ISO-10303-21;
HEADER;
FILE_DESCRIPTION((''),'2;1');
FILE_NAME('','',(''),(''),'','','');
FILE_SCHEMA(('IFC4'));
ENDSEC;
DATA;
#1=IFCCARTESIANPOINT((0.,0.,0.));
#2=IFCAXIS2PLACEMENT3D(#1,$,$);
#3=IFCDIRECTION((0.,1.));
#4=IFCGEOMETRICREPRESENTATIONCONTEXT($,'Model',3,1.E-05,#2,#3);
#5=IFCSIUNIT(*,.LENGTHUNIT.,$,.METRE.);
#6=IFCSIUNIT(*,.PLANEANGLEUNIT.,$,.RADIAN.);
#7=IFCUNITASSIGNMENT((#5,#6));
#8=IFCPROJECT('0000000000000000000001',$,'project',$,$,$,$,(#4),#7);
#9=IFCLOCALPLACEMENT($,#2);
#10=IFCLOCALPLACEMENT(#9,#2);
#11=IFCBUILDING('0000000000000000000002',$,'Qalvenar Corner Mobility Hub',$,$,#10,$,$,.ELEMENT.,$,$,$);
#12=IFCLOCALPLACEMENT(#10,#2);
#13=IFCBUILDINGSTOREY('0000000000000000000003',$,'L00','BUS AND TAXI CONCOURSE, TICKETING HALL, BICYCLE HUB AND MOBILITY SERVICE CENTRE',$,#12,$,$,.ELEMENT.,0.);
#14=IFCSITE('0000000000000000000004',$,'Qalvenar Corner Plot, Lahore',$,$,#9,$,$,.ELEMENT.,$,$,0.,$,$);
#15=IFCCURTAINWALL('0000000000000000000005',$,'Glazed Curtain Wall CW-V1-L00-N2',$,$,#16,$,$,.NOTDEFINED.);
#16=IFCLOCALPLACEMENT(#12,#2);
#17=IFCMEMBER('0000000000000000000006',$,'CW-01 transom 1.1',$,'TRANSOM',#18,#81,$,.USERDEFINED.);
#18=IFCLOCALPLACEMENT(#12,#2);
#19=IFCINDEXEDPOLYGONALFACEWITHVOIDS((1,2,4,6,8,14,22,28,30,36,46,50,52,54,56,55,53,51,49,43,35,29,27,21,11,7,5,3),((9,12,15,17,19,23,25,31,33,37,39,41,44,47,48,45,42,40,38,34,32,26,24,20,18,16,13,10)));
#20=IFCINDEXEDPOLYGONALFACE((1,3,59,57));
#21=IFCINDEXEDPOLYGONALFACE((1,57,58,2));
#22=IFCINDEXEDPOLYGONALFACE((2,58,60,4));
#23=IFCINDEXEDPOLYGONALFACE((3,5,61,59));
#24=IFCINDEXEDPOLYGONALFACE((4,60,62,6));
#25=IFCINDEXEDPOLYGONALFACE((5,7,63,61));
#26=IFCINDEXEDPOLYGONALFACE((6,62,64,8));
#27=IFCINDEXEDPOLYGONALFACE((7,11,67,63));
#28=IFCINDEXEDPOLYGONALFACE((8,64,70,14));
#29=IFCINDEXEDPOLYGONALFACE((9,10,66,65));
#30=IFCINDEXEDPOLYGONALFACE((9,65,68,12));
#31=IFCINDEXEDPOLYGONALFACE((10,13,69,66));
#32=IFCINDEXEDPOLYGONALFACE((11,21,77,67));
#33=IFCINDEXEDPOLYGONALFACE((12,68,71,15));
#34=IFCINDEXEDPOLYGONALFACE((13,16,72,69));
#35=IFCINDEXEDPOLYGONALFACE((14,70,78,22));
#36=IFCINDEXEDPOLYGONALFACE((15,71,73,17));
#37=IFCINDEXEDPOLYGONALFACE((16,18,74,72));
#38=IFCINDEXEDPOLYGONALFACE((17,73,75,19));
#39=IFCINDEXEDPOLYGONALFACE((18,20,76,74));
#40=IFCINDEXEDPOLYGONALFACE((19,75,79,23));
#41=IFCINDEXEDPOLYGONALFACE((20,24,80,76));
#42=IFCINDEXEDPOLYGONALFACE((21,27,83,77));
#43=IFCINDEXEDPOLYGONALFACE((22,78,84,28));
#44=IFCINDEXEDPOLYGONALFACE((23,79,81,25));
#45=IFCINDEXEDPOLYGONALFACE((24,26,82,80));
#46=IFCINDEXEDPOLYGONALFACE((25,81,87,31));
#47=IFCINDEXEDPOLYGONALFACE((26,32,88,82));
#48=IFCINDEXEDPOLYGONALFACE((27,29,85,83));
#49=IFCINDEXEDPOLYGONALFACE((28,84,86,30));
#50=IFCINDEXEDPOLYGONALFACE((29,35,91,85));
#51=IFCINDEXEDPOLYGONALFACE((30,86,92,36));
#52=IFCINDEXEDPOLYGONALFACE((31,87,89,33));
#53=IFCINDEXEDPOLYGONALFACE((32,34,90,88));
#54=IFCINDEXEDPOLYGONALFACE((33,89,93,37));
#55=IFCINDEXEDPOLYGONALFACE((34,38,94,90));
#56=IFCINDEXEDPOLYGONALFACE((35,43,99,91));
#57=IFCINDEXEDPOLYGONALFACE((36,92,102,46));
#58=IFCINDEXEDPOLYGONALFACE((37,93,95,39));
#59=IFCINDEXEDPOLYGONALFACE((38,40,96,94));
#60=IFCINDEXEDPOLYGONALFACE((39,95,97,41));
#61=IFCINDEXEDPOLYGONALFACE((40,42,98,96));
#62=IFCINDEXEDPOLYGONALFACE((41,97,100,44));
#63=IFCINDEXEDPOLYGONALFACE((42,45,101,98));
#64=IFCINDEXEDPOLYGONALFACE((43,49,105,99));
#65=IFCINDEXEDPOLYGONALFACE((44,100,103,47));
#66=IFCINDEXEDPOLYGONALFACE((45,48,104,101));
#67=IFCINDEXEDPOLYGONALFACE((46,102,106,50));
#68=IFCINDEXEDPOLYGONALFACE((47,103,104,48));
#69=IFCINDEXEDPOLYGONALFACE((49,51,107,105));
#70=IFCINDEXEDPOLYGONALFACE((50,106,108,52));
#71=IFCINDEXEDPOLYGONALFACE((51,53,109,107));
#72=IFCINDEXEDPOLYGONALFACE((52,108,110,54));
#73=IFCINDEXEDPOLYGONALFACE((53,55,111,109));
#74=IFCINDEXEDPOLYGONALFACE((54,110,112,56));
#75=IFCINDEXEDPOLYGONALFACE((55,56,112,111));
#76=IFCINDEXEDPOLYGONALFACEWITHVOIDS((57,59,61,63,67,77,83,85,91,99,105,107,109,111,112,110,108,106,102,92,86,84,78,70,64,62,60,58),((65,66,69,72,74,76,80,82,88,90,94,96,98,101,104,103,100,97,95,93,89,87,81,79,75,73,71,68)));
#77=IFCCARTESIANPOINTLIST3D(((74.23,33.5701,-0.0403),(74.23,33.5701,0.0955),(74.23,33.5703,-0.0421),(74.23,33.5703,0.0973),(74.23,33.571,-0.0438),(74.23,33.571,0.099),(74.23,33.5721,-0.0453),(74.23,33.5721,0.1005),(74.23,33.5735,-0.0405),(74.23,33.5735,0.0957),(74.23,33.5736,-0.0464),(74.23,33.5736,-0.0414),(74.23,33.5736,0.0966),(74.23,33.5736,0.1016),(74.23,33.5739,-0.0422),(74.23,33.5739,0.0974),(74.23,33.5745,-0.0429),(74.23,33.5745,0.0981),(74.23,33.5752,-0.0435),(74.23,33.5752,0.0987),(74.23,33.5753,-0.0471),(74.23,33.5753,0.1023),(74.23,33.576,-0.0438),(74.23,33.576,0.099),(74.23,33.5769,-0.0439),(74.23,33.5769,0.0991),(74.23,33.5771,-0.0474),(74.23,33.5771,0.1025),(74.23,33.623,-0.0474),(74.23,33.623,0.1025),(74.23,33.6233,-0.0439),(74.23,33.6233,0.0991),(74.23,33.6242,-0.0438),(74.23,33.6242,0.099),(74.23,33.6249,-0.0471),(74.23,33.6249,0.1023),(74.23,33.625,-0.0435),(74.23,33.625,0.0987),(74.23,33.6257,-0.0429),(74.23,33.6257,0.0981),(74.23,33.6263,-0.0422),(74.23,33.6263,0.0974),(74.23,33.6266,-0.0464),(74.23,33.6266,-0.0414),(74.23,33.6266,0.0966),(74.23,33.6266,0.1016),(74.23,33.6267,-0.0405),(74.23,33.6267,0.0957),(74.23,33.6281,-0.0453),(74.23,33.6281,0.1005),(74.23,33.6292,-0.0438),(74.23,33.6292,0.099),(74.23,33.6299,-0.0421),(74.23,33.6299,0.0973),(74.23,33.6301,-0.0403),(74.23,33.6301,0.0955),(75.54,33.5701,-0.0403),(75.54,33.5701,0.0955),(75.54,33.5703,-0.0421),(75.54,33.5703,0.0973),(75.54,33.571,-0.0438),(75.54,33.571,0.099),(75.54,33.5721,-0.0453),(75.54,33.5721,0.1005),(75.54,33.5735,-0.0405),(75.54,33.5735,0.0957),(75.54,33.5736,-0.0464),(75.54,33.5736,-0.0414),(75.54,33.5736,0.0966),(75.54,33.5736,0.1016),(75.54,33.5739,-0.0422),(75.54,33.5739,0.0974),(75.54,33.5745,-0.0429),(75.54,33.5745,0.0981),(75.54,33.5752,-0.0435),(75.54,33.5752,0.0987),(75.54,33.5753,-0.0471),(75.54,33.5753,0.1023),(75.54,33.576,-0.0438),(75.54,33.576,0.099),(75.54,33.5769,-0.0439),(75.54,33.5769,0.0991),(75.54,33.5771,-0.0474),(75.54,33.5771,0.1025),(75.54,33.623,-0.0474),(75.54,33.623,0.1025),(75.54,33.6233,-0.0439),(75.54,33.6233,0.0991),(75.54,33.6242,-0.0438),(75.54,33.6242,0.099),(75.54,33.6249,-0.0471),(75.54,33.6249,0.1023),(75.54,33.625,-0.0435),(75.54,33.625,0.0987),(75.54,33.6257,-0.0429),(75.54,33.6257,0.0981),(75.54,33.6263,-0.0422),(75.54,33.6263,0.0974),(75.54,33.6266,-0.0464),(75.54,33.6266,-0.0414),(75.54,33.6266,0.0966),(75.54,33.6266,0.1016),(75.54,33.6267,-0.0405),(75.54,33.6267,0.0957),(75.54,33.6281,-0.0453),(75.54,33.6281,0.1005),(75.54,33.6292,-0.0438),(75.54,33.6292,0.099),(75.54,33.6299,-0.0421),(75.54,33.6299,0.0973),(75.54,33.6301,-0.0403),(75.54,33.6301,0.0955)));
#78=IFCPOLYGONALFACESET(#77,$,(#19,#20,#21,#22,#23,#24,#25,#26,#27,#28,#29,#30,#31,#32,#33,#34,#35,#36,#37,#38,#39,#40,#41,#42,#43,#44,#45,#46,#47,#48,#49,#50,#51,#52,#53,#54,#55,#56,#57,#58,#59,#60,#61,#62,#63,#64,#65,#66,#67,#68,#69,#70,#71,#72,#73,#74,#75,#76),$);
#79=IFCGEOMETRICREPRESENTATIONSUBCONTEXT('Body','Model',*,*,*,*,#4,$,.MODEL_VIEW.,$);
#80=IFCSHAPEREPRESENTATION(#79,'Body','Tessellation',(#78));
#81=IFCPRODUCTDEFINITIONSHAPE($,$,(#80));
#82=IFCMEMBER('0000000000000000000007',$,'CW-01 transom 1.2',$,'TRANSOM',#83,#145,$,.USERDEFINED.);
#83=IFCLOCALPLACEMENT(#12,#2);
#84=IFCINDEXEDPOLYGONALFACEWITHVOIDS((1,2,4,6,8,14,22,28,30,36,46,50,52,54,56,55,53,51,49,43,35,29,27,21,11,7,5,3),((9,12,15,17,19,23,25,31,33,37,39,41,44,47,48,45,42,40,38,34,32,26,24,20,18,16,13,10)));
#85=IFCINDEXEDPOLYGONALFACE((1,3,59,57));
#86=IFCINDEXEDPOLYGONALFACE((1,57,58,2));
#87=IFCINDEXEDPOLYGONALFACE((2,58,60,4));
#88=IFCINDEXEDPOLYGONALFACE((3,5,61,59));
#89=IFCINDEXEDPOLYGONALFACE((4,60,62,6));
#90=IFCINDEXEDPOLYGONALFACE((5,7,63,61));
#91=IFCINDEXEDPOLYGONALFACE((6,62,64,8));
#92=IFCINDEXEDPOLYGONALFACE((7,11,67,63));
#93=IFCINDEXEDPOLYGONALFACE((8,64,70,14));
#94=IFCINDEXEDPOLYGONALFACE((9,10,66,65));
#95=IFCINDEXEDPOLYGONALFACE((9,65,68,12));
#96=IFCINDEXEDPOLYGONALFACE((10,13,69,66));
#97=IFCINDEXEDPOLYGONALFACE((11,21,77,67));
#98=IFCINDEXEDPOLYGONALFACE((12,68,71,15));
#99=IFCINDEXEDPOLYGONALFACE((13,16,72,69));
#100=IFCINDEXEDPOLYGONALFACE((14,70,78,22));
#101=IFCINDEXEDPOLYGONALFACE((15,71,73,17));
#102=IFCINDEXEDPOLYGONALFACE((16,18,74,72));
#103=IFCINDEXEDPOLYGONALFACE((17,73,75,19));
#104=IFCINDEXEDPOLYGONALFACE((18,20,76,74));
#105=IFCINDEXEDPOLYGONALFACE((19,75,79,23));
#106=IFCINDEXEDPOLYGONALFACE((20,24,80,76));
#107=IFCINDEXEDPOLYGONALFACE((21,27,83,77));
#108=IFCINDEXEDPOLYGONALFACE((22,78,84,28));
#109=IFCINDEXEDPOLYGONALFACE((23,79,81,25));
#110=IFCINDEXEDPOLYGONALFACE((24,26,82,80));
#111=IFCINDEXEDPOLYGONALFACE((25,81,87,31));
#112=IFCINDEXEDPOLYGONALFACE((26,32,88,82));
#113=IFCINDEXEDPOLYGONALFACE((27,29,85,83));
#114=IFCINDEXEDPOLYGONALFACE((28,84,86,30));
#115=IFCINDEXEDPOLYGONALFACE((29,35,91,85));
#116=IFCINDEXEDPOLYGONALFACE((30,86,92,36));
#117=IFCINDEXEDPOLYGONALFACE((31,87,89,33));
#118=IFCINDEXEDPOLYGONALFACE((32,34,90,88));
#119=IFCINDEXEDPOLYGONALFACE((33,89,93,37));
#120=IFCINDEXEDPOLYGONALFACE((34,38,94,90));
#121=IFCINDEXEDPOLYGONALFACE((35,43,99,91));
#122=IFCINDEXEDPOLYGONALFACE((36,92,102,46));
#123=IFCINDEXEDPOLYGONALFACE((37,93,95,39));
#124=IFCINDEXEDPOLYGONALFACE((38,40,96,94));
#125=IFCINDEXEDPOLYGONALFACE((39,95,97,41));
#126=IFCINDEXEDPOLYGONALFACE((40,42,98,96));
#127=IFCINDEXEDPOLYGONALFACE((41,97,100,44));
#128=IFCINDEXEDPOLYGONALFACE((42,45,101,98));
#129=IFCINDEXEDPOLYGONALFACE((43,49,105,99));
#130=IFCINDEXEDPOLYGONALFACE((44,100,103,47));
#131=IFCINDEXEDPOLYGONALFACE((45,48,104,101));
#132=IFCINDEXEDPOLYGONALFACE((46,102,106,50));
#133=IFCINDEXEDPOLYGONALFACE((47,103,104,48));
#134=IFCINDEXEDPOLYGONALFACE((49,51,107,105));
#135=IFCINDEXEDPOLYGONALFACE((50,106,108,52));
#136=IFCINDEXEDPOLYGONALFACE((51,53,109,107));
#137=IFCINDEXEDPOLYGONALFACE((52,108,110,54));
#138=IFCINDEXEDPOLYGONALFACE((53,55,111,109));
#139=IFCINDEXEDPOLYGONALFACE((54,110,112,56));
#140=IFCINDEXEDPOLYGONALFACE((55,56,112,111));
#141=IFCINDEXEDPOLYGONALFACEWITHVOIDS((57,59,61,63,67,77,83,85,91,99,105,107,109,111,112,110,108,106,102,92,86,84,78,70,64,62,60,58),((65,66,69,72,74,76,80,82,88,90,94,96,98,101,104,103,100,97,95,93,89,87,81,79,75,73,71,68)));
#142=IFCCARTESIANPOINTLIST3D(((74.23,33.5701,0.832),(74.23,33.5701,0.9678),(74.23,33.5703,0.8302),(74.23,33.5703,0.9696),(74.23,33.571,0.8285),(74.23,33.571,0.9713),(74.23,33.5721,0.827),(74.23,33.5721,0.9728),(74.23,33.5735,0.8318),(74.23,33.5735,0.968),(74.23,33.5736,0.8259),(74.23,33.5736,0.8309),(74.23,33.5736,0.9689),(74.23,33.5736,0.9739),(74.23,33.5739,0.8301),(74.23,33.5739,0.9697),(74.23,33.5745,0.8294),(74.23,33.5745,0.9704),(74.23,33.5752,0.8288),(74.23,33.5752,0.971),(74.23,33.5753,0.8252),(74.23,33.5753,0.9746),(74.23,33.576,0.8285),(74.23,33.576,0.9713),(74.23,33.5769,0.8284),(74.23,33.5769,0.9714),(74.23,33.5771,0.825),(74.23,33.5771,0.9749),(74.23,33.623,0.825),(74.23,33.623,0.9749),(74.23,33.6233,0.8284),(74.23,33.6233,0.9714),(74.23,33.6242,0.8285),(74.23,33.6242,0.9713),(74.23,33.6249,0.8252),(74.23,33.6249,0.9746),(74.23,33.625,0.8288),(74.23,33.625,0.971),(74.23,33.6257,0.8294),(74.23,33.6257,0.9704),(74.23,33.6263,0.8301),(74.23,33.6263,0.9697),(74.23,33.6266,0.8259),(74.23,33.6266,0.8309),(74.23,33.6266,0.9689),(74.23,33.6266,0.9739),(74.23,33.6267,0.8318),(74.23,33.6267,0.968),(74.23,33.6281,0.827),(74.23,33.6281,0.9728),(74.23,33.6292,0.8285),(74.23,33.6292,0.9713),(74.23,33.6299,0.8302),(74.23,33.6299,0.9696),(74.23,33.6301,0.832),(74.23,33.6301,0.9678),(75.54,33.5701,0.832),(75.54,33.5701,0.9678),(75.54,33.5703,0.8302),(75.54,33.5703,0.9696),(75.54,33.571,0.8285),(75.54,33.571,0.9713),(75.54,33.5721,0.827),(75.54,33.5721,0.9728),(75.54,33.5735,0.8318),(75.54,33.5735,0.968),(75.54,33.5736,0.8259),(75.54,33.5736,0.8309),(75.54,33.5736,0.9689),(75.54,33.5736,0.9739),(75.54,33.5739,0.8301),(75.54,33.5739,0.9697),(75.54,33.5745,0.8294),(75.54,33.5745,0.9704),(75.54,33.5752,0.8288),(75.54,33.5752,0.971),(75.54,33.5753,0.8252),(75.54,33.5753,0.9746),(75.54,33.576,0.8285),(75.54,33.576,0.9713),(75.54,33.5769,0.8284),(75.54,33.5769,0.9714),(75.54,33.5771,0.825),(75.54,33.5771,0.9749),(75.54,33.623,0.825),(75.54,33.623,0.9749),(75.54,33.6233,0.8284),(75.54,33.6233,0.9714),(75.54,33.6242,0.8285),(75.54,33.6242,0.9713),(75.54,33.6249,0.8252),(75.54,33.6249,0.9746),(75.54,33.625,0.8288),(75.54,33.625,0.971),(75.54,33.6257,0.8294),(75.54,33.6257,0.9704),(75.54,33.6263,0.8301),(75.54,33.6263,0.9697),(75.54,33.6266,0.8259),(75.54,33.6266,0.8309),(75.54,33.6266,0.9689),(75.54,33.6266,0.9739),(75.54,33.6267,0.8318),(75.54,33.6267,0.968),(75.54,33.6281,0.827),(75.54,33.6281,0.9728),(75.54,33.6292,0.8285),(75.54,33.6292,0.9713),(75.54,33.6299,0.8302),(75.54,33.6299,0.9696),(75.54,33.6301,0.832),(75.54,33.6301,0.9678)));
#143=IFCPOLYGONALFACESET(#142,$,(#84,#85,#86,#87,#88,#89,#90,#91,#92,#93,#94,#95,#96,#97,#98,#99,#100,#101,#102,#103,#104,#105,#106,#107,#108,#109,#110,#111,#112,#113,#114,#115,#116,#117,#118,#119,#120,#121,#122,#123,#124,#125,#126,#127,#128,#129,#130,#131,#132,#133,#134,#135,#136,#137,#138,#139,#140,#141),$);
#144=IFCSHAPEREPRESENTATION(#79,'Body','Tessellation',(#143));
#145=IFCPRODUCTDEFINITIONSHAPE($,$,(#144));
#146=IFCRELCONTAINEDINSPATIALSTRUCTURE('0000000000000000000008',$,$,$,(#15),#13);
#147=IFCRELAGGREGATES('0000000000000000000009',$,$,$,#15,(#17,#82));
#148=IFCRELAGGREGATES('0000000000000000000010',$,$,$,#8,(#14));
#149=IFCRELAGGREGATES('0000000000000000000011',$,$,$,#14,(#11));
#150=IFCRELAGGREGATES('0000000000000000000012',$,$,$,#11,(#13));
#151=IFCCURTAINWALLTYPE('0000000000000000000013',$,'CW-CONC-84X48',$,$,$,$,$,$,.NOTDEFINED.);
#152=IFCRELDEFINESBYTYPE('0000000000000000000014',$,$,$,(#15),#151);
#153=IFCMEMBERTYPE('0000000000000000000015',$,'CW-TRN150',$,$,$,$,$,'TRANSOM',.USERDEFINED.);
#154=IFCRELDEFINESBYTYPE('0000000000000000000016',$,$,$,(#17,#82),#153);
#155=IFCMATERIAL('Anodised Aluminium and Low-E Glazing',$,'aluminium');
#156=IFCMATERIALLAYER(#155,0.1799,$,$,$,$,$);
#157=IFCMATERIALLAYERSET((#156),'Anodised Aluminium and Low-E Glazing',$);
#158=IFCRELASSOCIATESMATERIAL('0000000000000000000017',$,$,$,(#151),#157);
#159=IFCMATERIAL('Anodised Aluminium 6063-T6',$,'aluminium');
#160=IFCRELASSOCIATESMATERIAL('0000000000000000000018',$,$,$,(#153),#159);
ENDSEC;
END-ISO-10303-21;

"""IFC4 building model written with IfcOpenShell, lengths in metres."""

from ifc_helpers import new_model, si_unit, direction, frame, origin, origin_2d, place, context, subcontext, project, spatial, hollow_rectangle, extrude, material, layer, layer_set, material_profile, profile_set, type_object, element, aggregate, save


model = new_model("IFC4")

# Units and contexts
model_context = context("Model", 3, precision=1e-05, world=origin(), true_north=direction((0.0, 1.0)))
body_context = subcontext(model_context, "Body", "Model", "MODEL_VIEW")
ifc_project = project(units=[si_unit("LENGTHUNIT", "METRE"), si_unit("PLANEANGLEUNIT", "RADIAN")], contexts=[model_context])

# Site, building, storey
site_placement = place(None, origin())
site = spatial("IfcSite", under=ifc_project, at=site_placement, Name="Qalvenar Corner Plot, Lahore", CompositionType="ELEMENT", RefElevation=0.0)
building_placement = place(site_placement, origin())
building = spatial("IfcBuilding", under=site, at=building_placement, Name="Qalvenar Corner Mobility Hub", CompositionType="ELEMENT")
storey_placement = place(building_placement, origin())
storey = spatial("IfcBuildingStorey", under=building, at=storey_placement, Name="L00", Description="BUS AND TAXI CONCOURSE, TICKETING HALL, BICYCLE HUB AND MOBILITY SERVICE CENTRE", CompositionType="ELEMENT", Elevation=0.0)

# Curtain wall, members
ifc_material_1 = material(Name="Anodised Aluminium and Low-E Glazing", Category="aluminium")
ifc_layer_1 = layer(ifc_material_1, 0.1799)
ifc_layer_set_1 = layer_set([ifc_layer_1], Name="Anodised Aluminium and Low-E Glazing")
curtain_wall_type = type_object("IfcCurtainWallType", Name="CW-CONC-84X48", PredefinedType="NOTDEFINED", material=ifc_layer_set_1)
curtain_wall_placement = place(storey_placement, origin())
curtain_wall = element("IfcCurtainWall", 1, at=curtain_wall_placement, inside=storey, type_object=curtain_wall_type, Name="Glazed Curtain Wall CW-V1-L00-N2", PredefinedType="NOTDEFINED")
ifc_material_2 = material(Name="Anodised Aluminium 6063-T6", Category="aluminium")
ifc_material_profile_1 = material_profile(ifc_material_2, hollow_rectangle(XDim=0.0601, YDim=0.1499, WallThickness=0.0034, InnerFilletRadius=0.0034, OuterFilletRadius=0.0071, at=origin_2d()), Name="RHS150x60x3.5")
ifc_profile_set_1 = profile_set([ifc_material_profile_1], Name="Anodised Aluminium 6063-T6")
member_type_1 = type_object("IfcMemberType", Name="CW-TRN150", ElementType="TRANSOM", PredefinedType="USERDEFINED", material=ifc_profile_set_1)
member_1_placement = place(storey_placement, frame((75.54, 33.6001, 0.0276), z_axis=(-1.0, 0.0, 0.0), x_axis=(0.0, -1.0, 0.0)))
member_1 = element("IfcMember", 2, at=member_1_placement, type_object=member_type_1, Name="CW-01 transom 1.1", ObjectType="TRANSOM", PredefinedType="USERDEFINED", context=body_context, shape_type="SweptSolid", body=[
    extrude(hollow_rectangle(XDim=0.0601, YDim=0.1499, WallThickness=0.0034, InnerFilletRadius=0.0034, OuterFilletRadius=0.0071, at=origin_2d()), origin(), (0.0, 0.0, 1.0), 1.3101),
])
member_2_placement = place(storey_placement, frame((75.54, 33.6001, 0.8999), z_axis=(-1.0, 0.0, 0.0), x_axis=(0.0, -1.0, 0.0)))
member_2 = element("IfcMember", 3, at=member_2_placement, type_object=member_type_1, Name="CW-01 transom 1.2", ObjectType="TRANSOM", PredefinedType="USERDEFINED", context=body_context, shape_type="SweptSolid", body=[
    extrude(hollow_rectangle(XDim=0.0601, YDim=0.1499, WallThickness=0.0034, InnerFilletRadius=0.0034, OuterFilletRadius=0.0071, at=origin_2d()), origin(), (0.0, 0.0, 1.0), 1.3101),
])
aggregate(curtain_wall, [member_1, member_2])

save(model, "model.ifc")
